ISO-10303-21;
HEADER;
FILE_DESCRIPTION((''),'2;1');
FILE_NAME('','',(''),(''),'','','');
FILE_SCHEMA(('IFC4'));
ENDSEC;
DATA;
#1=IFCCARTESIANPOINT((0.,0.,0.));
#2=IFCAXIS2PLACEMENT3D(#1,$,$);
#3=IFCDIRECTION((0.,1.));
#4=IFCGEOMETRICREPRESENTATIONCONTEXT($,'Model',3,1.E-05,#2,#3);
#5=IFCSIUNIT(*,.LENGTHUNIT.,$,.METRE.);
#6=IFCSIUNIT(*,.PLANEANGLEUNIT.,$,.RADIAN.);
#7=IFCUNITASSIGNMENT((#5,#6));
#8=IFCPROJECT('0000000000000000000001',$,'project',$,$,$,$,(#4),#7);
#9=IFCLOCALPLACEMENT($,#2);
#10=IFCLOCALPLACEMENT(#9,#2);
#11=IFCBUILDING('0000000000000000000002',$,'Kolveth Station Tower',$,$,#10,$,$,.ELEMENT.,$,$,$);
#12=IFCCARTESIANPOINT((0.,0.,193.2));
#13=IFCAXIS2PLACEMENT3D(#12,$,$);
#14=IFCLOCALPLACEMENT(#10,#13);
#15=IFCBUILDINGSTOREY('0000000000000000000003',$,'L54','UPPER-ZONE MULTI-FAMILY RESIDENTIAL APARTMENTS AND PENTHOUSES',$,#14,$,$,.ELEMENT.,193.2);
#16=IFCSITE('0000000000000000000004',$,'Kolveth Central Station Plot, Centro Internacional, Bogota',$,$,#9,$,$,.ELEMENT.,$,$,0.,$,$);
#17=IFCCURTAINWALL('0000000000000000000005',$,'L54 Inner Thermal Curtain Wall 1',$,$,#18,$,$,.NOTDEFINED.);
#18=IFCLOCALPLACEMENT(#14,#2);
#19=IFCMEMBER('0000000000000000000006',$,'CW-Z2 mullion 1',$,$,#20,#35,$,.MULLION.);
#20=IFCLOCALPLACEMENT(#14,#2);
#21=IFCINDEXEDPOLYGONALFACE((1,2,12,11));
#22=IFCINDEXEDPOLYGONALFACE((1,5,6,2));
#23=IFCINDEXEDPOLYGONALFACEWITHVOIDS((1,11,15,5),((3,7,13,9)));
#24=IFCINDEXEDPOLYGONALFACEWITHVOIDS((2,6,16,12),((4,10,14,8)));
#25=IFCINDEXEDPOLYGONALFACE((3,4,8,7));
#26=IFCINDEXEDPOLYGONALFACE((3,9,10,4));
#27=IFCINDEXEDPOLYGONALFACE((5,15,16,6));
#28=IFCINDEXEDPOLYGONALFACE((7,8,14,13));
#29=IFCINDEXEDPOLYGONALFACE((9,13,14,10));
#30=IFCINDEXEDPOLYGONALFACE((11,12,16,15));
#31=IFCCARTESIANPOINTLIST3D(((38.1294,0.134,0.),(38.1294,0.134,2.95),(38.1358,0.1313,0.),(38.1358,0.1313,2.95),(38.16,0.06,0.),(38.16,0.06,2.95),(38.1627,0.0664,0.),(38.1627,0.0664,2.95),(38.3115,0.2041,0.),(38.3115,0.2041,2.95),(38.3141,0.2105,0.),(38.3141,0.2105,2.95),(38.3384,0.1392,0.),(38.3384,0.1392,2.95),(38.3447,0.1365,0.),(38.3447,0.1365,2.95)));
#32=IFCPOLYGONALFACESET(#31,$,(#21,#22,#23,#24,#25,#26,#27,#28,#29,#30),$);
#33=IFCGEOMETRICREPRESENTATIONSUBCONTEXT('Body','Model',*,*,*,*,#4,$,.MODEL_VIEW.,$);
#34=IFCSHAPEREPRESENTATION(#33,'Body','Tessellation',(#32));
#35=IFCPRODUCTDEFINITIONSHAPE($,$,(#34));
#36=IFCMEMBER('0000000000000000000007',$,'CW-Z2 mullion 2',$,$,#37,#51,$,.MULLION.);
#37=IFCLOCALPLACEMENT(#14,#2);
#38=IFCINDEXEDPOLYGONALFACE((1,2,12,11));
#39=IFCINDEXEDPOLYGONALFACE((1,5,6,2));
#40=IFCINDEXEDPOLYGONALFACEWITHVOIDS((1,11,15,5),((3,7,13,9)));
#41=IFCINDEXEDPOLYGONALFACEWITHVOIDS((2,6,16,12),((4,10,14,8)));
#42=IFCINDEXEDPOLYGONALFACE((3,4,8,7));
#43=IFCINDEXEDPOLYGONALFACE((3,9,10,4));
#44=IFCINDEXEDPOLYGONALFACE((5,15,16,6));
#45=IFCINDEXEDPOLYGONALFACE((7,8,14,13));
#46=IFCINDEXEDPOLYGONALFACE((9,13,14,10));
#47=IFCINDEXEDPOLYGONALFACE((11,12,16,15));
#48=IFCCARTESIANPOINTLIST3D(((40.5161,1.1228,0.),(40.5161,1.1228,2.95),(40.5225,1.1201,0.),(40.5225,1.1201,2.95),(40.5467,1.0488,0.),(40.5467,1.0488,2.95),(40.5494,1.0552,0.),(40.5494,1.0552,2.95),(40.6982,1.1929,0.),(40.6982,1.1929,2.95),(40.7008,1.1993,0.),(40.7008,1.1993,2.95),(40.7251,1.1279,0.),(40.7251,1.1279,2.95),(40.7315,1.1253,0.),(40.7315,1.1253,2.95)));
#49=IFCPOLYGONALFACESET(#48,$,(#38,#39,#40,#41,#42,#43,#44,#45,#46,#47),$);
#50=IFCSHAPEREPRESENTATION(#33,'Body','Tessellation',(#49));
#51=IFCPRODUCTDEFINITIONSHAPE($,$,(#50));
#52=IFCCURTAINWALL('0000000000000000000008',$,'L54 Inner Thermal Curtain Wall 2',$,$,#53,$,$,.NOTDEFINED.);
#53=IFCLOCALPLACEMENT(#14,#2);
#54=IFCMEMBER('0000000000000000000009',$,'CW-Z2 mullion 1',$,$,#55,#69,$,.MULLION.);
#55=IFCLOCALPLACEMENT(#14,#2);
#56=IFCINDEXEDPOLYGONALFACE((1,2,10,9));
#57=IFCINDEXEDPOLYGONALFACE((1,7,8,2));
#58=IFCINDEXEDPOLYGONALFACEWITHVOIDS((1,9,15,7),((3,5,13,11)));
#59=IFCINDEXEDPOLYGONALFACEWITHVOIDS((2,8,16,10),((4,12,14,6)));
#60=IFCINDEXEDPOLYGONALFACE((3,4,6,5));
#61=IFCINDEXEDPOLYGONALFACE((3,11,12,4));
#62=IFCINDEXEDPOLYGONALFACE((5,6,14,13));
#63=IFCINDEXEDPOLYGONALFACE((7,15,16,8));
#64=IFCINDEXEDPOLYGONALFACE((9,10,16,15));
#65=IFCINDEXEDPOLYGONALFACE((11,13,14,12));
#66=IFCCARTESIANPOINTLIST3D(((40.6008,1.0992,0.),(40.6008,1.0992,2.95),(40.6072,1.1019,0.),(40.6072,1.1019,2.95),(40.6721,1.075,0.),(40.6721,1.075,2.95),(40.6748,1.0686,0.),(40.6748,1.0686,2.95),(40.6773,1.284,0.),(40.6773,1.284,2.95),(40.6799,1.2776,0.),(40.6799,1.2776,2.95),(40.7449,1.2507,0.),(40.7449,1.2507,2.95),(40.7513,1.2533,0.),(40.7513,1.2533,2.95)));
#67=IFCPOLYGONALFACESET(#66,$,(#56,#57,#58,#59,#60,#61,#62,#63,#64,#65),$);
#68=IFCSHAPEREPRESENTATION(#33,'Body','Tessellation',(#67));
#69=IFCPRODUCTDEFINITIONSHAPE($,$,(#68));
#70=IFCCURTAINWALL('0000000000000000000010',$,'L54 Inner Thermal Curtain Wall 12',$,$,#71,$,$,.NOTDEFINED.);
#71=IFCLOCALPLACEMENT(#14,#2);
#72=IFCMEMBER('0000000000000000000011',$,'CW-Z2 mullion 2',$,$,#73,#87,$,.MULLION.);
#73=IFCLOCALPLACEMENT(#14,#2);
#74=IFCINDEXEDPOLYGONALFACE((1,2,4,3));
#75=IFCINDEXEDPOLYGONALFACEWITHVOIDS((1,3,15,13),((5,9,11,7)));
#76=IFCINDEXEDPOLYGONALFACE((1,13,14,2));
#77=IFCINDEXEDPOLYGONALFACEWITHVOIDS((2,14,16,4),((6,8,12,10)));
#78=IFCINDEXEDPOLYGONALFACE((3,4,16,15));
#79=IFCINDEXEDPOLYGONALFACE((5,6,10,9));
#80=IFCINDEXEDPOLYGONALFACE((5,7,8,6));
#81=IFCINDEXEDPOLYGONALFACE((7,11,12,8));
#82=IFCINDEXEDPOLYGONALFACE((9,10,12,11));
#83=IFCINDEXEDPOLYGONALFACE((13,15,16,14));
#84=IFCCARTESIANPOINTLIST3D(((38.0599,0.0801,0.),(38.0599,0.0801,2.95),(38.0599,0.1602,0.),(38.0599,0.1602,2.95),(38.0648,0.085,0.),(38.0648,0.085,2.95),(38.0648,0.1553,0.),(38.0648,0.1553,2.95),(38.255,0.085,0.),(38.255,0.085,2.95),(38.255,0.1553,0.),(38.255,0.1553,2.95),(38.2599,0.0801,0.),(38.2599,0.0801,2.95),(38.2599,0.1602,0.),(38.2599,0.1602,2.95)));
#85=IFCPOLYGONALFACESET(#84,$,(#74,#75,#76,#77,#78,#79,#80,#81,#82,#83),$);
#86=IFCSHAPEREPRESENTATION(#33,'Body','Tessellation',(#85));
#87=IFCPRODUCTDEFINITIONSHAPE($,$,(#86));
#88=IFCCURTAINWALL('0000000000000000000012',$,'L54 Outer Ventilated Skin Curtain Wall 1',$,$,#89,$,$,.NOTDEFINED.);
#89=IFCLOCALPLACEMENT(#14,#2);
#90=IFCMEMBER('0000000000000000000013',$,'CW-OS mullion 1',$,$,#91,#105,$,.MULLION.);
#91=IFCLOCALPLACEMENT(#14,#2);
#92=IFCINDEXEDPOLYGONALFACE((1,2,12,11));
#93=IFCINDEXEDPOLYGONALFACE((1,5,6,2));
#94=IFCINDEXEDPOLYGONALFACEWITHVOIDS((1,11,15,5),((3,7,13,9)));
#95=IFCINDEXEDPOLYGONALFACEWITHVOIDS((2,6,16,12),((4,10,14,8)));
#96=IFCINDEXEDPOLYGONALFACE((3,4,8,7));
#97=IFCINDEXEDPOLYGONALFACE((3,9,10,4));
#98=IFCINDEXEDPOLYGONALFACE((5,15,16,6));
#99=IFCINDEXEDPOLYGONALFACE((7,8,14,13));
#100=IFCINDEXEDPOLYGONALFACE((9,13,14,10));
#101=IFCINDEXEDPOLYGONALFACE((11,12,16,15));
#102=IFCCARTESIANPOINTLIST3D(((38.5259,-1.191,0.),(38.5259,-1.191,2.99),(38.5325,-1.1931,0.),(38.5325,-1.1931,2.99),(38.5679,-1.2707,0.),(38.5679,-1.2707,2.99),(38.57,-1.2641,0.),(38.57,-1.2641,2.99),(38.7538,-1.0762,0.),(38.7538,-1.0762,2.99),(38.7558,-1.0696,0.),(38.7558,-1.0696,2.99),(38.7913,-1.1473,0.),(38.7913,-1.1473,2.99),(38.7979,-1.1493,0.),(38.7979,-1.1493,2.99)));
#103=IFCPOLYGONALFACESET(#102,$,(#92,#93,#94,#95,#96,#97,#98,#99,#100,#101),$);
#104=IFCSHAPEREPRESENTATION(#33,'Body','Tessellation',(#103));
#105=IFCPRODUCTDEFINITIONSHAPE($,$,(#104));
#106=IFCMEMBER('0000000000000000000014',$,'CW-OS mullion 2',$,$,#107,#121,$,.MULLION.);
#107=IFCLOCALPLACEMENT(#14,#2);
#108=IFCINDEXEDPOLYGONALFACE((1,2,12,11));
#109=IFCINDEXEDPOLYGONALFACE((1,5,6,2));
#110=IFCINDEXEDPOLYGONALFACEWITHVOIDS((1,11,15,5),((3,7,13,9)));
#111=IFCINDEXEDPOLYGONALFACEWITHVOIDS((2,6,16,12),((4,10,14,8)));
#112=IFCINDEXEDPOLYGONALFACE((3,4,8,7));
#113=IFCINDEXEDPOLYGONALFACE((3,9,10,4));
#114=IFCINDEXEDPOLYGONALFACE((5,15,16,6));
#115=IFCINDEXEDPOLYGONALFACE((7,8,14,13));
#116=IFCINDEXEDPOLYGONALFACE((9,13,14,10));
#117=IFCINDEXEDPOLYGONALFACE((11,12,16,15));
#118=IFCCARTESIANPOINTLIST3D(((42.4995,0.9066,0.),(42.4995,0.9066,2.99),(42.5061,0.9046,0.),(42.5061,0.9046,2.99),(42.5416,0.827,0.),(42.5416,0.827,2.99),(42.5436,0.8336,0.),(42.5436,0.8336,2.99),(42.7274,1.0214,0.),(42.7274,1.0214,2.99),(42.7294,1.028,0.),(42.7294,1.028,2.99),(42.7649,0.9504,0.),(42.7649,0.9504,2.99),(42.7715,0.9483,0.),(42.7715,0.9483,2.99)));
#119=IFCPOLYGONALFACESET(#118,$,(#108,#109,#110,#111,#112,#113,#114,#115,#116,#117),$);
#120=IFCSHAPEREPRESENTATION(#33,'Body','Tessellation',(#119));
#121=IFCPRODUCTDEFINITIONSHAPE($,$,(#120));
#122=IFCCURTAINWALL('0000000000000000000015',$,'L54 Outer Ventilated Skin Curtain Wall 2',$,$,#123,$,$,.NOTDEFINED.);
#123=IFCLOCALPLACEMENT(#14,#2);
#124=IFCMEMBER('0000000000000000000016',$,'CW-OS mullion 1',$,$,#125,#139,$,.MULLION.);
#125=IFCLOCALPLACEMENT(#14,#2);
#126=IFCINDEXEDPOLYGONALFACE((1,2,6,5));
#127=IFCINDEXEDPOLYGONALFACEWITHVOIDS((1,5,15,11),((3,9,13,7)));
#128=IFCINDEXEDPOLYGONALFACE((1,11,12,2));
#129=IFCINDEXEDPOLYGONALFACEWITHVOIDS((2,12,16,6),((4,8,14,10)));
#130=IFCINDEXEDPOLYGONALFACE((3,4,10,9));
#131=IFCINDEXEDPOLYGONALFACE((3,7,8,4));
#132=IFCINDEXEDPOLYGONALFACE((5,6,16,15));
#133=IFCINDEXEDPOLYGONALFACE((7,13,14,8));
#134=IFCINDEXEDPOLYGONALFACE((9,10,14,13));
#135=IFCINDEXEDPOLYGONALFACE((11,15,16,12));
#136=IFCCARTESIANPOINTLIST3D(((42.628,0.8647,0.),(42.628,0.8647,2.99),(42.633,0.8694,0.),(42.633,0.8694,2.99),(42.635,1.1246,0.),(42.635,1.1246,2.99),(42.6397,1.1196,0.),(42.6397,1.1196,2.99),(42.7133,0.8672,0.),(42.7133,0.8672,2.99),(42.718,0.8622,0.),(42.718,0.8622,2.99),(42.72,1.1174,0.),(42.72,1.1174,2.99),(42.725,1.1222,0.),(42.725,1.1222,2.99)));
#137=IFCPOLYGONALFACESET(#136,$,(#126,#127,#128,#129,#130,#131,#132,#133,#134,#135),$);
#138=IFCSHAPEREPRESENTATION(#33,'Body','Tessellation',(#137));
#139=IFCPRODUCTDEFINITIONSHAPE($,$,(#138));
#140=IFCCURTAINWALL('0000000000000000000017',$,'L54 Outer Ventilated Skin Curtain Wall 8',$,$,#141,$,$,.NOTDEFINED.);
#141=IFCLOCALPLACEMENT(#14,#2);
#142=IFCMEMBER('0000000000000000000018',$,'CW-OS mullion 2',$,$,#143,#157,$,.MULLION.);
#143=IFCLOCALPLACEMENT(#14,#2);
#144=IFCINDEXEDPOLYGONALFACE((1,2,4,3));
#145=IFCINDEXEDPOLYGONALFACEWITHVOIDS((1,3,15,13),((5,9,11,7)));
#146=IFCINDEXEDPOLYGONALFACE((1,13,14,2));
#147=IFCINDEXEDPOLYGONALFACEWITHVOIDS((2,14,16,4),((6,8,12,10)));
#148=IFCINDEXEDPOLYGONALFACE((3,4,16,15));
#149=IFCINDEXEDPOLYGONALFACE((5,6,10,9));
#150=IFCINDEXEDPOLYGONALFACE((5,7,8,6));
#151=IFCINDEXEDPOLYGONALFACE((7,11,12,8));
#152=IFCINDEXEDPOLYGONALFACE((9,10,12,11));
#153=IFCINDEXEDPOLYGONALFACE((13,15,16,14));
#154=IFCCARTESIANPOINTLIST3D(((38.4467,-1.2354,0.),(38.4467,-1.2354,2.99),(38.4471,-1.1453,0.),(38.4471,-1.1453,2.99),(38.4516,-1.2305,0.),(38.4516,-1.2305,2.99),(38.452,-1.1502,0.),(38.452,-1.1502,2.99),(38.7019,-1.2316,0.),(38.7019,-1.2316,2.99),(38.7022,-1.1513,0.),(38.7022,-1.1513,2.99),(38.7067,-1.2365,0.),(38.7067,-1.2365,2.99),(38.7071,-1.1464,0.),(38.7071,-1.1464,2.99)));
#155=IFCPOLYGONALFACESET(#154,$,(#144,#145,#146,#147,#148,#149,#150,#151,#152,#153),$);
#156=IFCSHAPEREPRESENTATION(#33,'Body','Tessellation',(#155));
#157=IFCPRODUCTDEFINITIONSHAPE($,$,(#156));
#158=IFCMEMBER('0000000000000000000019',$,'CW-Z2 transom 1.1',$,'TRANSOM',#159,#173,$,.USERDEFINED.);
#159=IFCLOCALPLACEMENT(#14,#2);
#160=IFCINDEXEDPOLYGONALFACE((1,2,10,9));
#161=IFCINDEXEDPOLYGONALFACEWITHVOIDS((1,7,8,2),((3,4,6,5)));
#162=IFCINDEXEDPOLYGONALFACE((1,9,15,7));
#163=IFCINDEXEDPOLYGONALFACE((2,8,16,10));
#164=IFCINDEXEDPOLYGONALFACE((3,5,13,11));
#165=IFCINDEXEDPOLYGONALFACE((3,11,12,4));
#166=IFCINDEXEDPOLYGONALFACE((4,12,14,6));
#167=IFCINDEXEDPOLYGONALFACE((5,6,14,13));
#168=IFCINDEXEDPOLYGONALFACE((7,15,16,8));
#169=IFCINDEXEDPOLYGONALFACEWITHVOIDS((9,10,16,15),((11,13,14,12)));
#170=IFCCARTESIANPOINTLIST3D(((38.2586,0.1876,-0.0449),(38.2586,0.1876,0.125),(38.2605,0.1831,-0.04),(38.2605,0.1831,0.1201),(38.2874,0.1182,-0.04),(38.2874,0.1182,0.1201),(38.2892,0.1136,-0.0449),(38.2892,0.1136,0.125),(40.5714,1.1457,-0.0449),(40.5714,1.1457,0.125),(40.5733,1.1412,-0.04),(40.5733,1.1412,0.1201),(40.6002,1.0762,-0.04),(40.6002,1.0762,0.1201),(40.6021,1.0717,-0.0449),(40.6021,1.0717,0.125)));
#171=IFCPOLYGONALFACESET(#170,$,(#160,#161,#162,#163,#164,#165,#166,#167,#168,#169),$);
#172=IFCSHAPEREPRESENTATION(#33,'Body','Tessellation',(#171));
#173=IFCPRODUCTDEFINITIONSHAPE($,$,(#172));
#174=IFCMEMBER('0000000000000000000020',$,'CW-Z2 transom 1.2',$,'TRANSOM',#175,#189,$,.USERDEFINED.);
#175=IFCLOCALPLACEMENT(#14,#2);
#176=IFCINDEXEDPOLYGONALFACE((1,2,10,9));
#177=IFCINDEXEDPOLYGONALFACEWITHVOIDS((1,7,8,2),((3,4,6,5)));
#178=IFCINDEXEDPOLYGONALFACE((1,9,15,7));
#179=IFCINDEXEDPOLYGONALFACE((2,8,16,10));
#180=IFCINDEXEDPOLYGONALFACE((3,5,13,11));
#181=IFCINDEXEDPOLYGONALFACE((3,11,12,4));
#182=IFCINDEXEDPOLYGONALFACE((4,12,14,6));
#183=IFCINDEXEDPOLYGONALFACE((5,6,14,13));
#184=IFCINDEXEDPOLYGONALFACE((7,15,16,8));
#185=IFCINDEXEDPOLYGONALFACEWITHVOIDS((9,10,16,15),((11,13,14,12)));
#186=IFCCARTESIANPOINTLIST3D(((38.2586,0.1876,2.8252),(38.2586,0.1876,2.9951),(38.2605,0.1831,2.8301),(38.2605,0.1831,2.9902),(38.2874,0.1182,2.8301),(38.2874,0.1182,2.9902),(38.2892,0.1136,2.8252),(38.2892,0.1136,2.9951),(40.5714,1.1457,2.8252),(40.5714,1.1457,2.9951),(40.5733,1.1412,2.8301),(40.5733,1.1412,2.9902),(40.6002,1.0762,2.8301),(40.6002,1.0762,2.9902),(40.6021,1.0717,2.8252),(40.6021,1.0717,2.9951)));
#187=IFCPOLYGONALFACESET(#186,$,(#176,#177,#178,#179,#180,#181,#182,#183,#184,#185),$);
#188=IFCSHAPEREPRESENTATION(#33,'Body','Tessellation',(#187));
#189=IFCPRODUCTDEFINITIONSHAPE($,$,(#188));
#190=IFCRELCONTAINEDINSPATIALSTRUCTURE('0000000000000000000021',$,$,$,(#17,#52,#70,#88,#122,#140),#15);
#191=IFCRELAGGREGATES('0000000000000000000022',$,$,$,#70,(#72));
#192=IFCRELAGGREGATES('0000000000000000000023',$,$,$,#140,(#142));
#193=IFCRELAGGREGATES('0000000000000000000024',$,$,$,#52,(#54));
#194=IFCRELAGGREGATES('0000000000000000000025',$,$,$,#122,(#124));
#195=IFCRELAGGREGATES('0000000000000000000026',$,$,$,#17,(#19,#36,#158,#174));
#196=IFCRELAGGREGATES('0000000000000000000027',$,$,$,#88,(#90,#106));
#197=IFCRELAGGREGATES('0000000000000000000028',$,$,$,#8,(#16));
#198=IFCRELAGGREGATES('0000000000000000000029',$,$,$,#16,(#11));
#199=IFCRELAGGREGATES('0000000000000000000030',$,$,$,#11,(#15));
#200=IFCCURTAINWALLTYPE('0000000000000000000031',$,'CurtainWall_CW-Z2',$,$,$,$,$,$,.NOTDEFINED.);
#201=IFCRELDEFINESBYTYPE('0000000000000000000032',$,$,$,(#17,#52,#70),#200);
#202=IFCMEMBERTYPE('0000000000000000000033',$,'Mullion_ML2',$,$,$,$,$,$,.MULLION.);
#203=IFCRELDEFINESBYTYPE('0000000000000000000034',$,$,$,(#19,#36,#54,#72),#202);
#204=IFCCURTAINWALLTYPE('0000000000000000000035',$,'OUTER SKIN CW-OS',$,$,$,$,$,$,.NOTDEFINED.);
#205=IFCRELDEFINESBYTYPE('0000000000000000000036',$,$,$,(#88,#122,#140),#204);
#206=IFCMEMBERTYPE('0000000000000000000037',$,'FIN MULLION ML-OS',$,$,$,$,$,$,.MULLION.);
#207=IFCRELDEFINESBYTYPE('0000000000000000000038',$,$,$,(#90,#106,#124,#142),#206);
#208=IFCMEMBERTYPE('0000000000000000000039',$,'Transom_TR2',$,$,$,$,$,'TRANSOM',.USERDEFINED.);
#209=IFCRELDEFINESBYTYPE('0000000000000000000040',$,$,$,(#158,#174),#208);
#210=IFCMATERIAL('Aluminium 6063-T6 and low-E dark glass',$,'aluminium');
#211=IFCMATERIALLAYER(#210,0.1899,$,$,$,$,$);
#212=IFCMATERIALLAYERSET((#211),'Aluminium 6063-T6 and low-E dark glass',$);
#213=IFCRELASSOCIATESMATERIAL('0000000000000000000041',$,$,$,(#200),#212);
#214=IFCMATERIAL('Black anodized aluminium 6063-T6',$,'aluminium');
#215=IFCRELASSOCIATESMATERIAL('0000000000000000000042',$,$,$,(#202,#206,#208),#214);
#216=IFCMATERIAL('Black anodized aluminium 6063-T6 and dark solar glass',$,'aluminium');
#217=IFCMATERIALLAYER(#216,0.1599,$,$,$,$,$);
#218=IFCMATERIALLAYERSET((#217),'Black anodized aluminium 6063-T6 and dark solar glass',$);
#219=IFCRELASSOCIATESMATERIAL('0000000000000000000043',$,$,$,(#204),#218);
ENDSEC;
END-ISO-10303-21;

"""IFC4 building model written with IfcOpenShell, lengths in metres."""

from ifc_helpers import new_model, si_unit, direction, frame, origin, origin_2d, place, context, subcontext, project, spatial, hollow_rectangle, extrude, source, transform, mapped, material, layer, layer_set, material_profile, profile_set, type_object, element, aggregate, save


model = new_model("IFC4")

# Units and contexts
model_context = context("Model", 3, precision=1e-05, world=origin(), true_north=direction((0.0, 1.0)))
body_context = subcontext(model_context, "Body", "Model", "MODEL_VIEW")
ifc_project = project(units=[si_unit("LENGTHUNIT", "METRE"), si_unit("PLANEANGLEUNIT", "RADIAN")], contexts=[model_context])

# Site, building, storey
site_placement = place(None, origin())
site = spatial("IfcSite", under=ifc_project, at=site_placement, Name="Kolveth Central Station Plot, Centro Internacional, Bogota", CompositionType="ELEMENT", RefElevation=0.0)
building_placement = place(site_placement, origin())
building = spatial("IfcBuilding", under=site, at=building_placement, Name="Kolveth Station Tower", CompositionType="ELEMENT")
storey_placement = place(building_placement, frame((0.0, 0.0, 193.2)))
storey = spatial("IfcBuildingStorey", under=building, at=storey_placement, Name="L54", Description="UPPER-ZONE MULTI-FAMILY RESIDENTIAL APARTMENTS AND PENTHOUSES", CompositionType="ELEMENT", Elevation=193.2)

# Curtain wall, members
ifc_material_1 = material(Name="Aluminium 6063-T6 and low-E dark glass", Category="aluminium")
ifc_layer_1 = layer(ifc_material_1, 0.1899)
ifc_layer_set_1 = layer_set([ifc_layer_1], Name="Aluminium 6063-T6 and low-E dark glass")
curtain_wall_type_1 = type_object("IfcCurtainWallType", Name="CurtainWall_CW-Z2", PredefinedType="NOTDEFINED", material=ifc_layer_set_1)
curtain_wall_1_placement = place(storey_placement, origin())
curtain_wall_1 = element("IfcCurtainWall", 1, at=curtain_wall_1_placement, inside=storey, type_object=curtain_wall_type_1, Name="L54 Inner Thermal Curtain Wall 1", PredefinedType="NOTDEFINED")
ifc_material_2 = material(Name="Black anodized aluminium 6063-T6", Category="aluminium")
ifc_material_profile_1 = material_profile(ifc_material_2, hollow_rectangle(XDim=0.0801, YDim=0.2, WallThickness=0.0049, at=origin_2d()), Name="ALU-80x200x5")
ifc_profile_set_1 = profile_set([ifc_material_profile_1], Name="Black anodized aluminium 6063-T6")
member_type_1 = type_object("IfcMemberType", Name="Mullion_ML2", PredefinedType="MULLION", material=ifc_profile_set_1)
shared_shape_1 = source(origin(), body_context, "Body", "SweptSolid", [
    extrude(hollow_rectangle(XDim=0.0801, YDim=0.2, WallThickness=0.0049, at=origin_2d()), origin(), (0.0, 0.0, 1.0), 2.95),
])
member_1_placement = place(storey_placement, frame((38.2371, 0.1353, 0.0), z_axis=(0.0, 0.0, 1.0), x_axis=(-0.382698, 0.923874, 0.0)))
member_1 = element("IfcMember", 2, at=member_1_placement, type_object=member_type_1, Name="CW-Z2 mullion 1", PredefinedType="MULLION", context=body_context, shape_type="MappedRepresentation", body=[
    mapped(shared_shape_1, transform((0.0, 0.0, 0.0), x_axis=(1.0, 0.0, 0.0), y_axis=(0.0, 1.0, 0.0), z_axis=(0.0, 0.0, 1.0), scale=1.0)),
])
member_2_placement = place(storey_placement, frame((40.6238, 1.124, 0.0), z_axis=(0.0, 0.0, 1.0), x_axis=(-0.382698, 0.923874, 0.0)))
member_2 = element("IfcMember", 3, at=member_2_placement, type_object=member_type_1, Name="CW-Z2 mullion 2", PredefinedType="MULLION", context=body_context, shape_type="MappedRepresentation", body=[
    mapped(shared_shape_1, transform((0.0, 0.0, 0.0), x_axis=(1.0, 0.0, 0.0), y_axis=(0.0, 1.0, 0.0), z_axis=(0.0, 0.0, 1.0), scale=1.0)),
])

# Curtain walls, members
curtain_wall_2_placement = place(storey_placement, origin())
curtain_wall_2 = element("IfcCurtainWall", 4, at=curtain_wall_2_placement, inside=storey, type_object=curtain_wall_type_1, Name="L54 Inner Thermal Curtain Wall 2", PredefinedType="NOTDEFINED")
member_3_placement = place(storey_placement, frame((40.676, 1.1763, 0.0), z_axis=(0.0, 0.0, 1.0), x_axis=(-0.923874, 0.382698, 0.0)))
member_3 = element("IfcMember", 5, at=member_3_placement, type_object=member_type_1, Name="CW-Z2 mullion 1", PredefinedType="MULLION", context=body_context, shape_type="MappedRepresentation", body=[
    mapped(shared_shape_1, transform((0.0, 0.0, 0.0), x_axis=(1.0, 0.0, 0.0), y_axis=(0.0, 1.0, 0.0), z_axis=(0.0, 0.0, 1.0), scale=1.0)),
])
curtain_wall_3_placement = place(storey_placement, origin())
curtain_wall_3 = element("IfcCurtainWall", 6, at=curtain_wall_3_placement, inside=storey, type_object=curtain_wall_type_1, Name="L54 Inner Thermal Curtain Wall 12", PredefinedType="NOTDEFINED")
member_4_placement = place(storey_placement, frame((38.1599, 0.1201, 0.0), z_axis=(0.0, 0.0, 1.0), x_axis=(0.0, 1.0, 0.0)))
member_4 = element("IfcMember", 7, at=member_4_placement, type_object=member_type_1, Name="CW-Z2 mullion 2", PredefinedType="MULLION", context=body_context, shape_type="MappedRepresentation", body=[
    mapped(shared_shape_1, transform((0.0, 0.0, 0.0), x_axis=(1.0, 0.0, 0.0), y_axis=(0.0, 1.0, 0.0), z_axis=(0.0, 0.0, 1.0), scale=1.0)),
])
aggregate(curtain_wall_3, [member_4])

# Curtain wall, members
ifc_material_3 = material(Name="Black anodized aluminium 6063-T6 and dark solar glass", Category="aluminium")
ifc_layer_2 = layer(ifc_material_3, 0.1599)
ifc_layer_set_2 = layer_set([ifc_layer_2], Name="Black anodized aluminium 6063-T6 and dark solar glass")
curtain_wall_type_2 = type_object("IfcCurtainWallType", Name="OUTER SKIN CW-OS", PredefinedType="NOTDEFINED", material=ifc_layer_set_2)
curtain_wall_4_placement = place(storey_placement, origin())
curtain_wall_4 = element("IfcCurtainWall", 8, at=curtain_wall_4_placement, inside=storey, type_object=curtain_wall_type_2, Name="L54 Outer Ventilated Skin Curtain Wall 1", PredefinedType="NOTDEFINED")
ifc_material_profile_2 = material_profile(ifc_material_2, hollow_rectangle(XDim=0.0901, YDim=0.26, WallThickness=0.0049, at=origin_2d()), Name="ALU-90x260x5")
ifc_profile_set_2 = profile_set([ifc_material_profile_2], Name="Black anodized aluminium 6063-T6")
member_type_2 = type_object("IfcMemberType", Name="FIN MULLION ML-OS", PredefinedType="MULLION", material=ifc_profile_set_2)
shared_shape_2 = source(origin(), body_context, "Body", "SweptSolid", [
    extrude(hollow_rectangle(XDim=0.0901, YDim=0.26, WallThickness=0.0049, at=origin_2d()), origin(), (0.0, 0.0, 1.0), 2.99),
])
member_5_placement = place(storey_placement, frame((38.6619, -1.1702, 0.0), z_axis=(0.0, 0.0, 1.0), x_axis=(-0.466794, 0.884366, 0.0)))
member_5 = element("IfcMember", 9, at=member_5_placement, type_object=member_type_2, Name="CW-OS mullion 1", PredefinedType="MULLION", context=body_context, shape_type="MappedRepresentation", body=[
    mapped(shared_shape_2, transform((0.0, 0.0, 0.0), x_axis=(1.0, 0.0, 0.0), y_axis=(0.0, 1.0, 0.0), z_axis=(0.0, 0.0, 1.0), scale=1.0)),
])
member_6_placement = place(storey_placement, frame((42.6355, 0.9275, 0.0), z_axis=(0.0, 0.0, 1.0), x_axis=(-0.466794, 0.884366, 0.0)))
member_6 = element("IfcMember", 10, at=member_6_placement, type_object=member_type_2, Name="CW-OS mullion 2", PredefinedType="MULLION", context=body_context, shape_type="MappedRepresentation", body=[
    mapped(shared_shape_2, transform((0.0, 0.0, 0.0), x_axis=(1.0, 0.0, 0.0), y_axis=(0.0, 1.0, 0.0), z_axis=(0.0, 0.0, 1.0), scale=1.0)),
])

# Curtain walls, members
curtain_wall_5_placement = place(storey_placement, origin())
curtain_wall_5 = element("IfcCurtainWall", 11, at=curtain_wall_5_placement, inside=storey, type_object=curtain_wall_type_2, Name="L54 Outer Ventilated Skin Curtain Wall 2", PredefinedType="NOTDEFINED")
member_7_placement = place(storey_placement, frame((42.6765, 0.9934, 0.0), z_axis=(0.0, 0.0, 1.0), x_axis=(-0.999637, 0.026946, 0.0)))
member_7 = element("IfcMember", 12, at=member_7_placement, type_object=member_type_2, Name="CW-OS mullion 1", PredefinedType="MULLION", context=body_context, shape_type="MappedRepresentation", body=[
    mapped(shared_shape_2, transform((0.0, 0.0, 0.0), x_axis=(1.0, 0.0, 0.0), y_axis=(0.0, 1.0, 0.0), z_axis=(0.0, 0.0, 1.0), scale=1.0)),
])
curtain_wall_6_placement = place(storey_placement, origin())
curtain_wall_6 = element("IfcCurtainWall", 13, at=curtain_wall_6_placement, inside=storey, type_object=curtain_wall_type_2, Name="L54 Outer Ventilated Skin Curtain Wall 8", PredefinedType="NOTDEFINED")
member_8_placement = place(storey_placement, frame((38.5769, -1.1909, 0.0), z_axis=(0.0, 0.0, 1.0), x_axis=(0.004304, 0.999991, 0.0)))
member_8 = element("IfcMember", 14, at=member_8_placement, type_object=member_type_2, Name="CW-OS mullion 2", PredefinedType="MULLION", context=body_context, shape_type="MappedRepresentation", body=[
    mapped(shared_shape_2, transform((0.0, 0.0, 0.0), x_axis=(1.0, 0.0, 0.0), y_axis=(0.0, 1.0, 0.0), z_axis=(0.0, 0.0, 1.0), scale=1.0)),
])
aggregate(curtain_wall_6, [member_8])

# Members
ifc_material_profile_3 = material_profile(ifc_material_2, hollow_rectangle(XDim=0.0801, YDim=0.1699, WallThickness=0.0049, at=origin_2d()), Name="ALU-80x170x5")
ifc_profile_set_3 = profile_set([ifc_material_profile_3], Name="Black anodized aluminium 6063-T6")
member_type_3 = type_object("IfcMemberType", Name="Transom_TR2", ElementType="TRANSOM", PredefinedType="USERDEFINED", material=ifc_profile_set_3)
shared_shape_3 = source(origin(), body_context, "Body", "SweptSolid", [
    extrude(hollow_rectangle(XDim=0.0801, YDim=0.1699, WallThickness=0.0049, at=origin_2d()), origin(), (0.0, 0.0, 1.0), 2.5034),
])
member_9_placement = place(storey_placement, frame((38.2739, 0.1506, 0.04), z_axis=(0.923874, 0.382696, 0.0), x_axis=(-0.382696, 0.923874, 0.0)))
member_9 = element("IfcMember", 15, at=member_9_placement, type_object=member_type_3, Name="CW-Z2 transom 1.1", ObjectType="TRANSOM", PredefinedType="USERDEFINED", context=body_context, shape_type="MappedRepresentation", body=[
    mapped(shared_shape_3, transform((0.0, 0.0, 0.0), x_axis=(1.0, 0.0, 0.0), y_axis=(0.0, 1.0, 0.0), z_axis=(0.0, 0.0, 1.0), scale=1.0)),
])
member_10_placement = place(storey_placement, frame((38.2739, 0.1506, 2.9102), z_axis=(0.923874, 0.382696, 0.0), x_axis=(-0.382696, 0.923874, 0.0)))
member_10 = element("IfcMember", 16, at=member_10_placement, type_object=member_type_3, Name="CW-Z2 transom 1.2", ObjectType="TRANSOM", PredefinedType="USERDEFINED", context=body_context, shape_type="MappedRepresentation", body=[
    mapped(shared_shape_3, transform((0.0, 0.0, 0.0), x_axis=(1.0, 0.0, 0.0), y_axis=(0.0, 1.0, 0.0), z_axis=(0.0, 0.0, 1.0), scale=1.0)),
])
aggregate(curtain_wall_2, [member_3])
aggregate(curtain_wall_5, [member_7])

aggregate(curtain_wall_1, [member_1, member_2, member_9, member_10])
aggregate(curtain_wall_4, [member_5, member_6])

save(model, "model.ifc")
